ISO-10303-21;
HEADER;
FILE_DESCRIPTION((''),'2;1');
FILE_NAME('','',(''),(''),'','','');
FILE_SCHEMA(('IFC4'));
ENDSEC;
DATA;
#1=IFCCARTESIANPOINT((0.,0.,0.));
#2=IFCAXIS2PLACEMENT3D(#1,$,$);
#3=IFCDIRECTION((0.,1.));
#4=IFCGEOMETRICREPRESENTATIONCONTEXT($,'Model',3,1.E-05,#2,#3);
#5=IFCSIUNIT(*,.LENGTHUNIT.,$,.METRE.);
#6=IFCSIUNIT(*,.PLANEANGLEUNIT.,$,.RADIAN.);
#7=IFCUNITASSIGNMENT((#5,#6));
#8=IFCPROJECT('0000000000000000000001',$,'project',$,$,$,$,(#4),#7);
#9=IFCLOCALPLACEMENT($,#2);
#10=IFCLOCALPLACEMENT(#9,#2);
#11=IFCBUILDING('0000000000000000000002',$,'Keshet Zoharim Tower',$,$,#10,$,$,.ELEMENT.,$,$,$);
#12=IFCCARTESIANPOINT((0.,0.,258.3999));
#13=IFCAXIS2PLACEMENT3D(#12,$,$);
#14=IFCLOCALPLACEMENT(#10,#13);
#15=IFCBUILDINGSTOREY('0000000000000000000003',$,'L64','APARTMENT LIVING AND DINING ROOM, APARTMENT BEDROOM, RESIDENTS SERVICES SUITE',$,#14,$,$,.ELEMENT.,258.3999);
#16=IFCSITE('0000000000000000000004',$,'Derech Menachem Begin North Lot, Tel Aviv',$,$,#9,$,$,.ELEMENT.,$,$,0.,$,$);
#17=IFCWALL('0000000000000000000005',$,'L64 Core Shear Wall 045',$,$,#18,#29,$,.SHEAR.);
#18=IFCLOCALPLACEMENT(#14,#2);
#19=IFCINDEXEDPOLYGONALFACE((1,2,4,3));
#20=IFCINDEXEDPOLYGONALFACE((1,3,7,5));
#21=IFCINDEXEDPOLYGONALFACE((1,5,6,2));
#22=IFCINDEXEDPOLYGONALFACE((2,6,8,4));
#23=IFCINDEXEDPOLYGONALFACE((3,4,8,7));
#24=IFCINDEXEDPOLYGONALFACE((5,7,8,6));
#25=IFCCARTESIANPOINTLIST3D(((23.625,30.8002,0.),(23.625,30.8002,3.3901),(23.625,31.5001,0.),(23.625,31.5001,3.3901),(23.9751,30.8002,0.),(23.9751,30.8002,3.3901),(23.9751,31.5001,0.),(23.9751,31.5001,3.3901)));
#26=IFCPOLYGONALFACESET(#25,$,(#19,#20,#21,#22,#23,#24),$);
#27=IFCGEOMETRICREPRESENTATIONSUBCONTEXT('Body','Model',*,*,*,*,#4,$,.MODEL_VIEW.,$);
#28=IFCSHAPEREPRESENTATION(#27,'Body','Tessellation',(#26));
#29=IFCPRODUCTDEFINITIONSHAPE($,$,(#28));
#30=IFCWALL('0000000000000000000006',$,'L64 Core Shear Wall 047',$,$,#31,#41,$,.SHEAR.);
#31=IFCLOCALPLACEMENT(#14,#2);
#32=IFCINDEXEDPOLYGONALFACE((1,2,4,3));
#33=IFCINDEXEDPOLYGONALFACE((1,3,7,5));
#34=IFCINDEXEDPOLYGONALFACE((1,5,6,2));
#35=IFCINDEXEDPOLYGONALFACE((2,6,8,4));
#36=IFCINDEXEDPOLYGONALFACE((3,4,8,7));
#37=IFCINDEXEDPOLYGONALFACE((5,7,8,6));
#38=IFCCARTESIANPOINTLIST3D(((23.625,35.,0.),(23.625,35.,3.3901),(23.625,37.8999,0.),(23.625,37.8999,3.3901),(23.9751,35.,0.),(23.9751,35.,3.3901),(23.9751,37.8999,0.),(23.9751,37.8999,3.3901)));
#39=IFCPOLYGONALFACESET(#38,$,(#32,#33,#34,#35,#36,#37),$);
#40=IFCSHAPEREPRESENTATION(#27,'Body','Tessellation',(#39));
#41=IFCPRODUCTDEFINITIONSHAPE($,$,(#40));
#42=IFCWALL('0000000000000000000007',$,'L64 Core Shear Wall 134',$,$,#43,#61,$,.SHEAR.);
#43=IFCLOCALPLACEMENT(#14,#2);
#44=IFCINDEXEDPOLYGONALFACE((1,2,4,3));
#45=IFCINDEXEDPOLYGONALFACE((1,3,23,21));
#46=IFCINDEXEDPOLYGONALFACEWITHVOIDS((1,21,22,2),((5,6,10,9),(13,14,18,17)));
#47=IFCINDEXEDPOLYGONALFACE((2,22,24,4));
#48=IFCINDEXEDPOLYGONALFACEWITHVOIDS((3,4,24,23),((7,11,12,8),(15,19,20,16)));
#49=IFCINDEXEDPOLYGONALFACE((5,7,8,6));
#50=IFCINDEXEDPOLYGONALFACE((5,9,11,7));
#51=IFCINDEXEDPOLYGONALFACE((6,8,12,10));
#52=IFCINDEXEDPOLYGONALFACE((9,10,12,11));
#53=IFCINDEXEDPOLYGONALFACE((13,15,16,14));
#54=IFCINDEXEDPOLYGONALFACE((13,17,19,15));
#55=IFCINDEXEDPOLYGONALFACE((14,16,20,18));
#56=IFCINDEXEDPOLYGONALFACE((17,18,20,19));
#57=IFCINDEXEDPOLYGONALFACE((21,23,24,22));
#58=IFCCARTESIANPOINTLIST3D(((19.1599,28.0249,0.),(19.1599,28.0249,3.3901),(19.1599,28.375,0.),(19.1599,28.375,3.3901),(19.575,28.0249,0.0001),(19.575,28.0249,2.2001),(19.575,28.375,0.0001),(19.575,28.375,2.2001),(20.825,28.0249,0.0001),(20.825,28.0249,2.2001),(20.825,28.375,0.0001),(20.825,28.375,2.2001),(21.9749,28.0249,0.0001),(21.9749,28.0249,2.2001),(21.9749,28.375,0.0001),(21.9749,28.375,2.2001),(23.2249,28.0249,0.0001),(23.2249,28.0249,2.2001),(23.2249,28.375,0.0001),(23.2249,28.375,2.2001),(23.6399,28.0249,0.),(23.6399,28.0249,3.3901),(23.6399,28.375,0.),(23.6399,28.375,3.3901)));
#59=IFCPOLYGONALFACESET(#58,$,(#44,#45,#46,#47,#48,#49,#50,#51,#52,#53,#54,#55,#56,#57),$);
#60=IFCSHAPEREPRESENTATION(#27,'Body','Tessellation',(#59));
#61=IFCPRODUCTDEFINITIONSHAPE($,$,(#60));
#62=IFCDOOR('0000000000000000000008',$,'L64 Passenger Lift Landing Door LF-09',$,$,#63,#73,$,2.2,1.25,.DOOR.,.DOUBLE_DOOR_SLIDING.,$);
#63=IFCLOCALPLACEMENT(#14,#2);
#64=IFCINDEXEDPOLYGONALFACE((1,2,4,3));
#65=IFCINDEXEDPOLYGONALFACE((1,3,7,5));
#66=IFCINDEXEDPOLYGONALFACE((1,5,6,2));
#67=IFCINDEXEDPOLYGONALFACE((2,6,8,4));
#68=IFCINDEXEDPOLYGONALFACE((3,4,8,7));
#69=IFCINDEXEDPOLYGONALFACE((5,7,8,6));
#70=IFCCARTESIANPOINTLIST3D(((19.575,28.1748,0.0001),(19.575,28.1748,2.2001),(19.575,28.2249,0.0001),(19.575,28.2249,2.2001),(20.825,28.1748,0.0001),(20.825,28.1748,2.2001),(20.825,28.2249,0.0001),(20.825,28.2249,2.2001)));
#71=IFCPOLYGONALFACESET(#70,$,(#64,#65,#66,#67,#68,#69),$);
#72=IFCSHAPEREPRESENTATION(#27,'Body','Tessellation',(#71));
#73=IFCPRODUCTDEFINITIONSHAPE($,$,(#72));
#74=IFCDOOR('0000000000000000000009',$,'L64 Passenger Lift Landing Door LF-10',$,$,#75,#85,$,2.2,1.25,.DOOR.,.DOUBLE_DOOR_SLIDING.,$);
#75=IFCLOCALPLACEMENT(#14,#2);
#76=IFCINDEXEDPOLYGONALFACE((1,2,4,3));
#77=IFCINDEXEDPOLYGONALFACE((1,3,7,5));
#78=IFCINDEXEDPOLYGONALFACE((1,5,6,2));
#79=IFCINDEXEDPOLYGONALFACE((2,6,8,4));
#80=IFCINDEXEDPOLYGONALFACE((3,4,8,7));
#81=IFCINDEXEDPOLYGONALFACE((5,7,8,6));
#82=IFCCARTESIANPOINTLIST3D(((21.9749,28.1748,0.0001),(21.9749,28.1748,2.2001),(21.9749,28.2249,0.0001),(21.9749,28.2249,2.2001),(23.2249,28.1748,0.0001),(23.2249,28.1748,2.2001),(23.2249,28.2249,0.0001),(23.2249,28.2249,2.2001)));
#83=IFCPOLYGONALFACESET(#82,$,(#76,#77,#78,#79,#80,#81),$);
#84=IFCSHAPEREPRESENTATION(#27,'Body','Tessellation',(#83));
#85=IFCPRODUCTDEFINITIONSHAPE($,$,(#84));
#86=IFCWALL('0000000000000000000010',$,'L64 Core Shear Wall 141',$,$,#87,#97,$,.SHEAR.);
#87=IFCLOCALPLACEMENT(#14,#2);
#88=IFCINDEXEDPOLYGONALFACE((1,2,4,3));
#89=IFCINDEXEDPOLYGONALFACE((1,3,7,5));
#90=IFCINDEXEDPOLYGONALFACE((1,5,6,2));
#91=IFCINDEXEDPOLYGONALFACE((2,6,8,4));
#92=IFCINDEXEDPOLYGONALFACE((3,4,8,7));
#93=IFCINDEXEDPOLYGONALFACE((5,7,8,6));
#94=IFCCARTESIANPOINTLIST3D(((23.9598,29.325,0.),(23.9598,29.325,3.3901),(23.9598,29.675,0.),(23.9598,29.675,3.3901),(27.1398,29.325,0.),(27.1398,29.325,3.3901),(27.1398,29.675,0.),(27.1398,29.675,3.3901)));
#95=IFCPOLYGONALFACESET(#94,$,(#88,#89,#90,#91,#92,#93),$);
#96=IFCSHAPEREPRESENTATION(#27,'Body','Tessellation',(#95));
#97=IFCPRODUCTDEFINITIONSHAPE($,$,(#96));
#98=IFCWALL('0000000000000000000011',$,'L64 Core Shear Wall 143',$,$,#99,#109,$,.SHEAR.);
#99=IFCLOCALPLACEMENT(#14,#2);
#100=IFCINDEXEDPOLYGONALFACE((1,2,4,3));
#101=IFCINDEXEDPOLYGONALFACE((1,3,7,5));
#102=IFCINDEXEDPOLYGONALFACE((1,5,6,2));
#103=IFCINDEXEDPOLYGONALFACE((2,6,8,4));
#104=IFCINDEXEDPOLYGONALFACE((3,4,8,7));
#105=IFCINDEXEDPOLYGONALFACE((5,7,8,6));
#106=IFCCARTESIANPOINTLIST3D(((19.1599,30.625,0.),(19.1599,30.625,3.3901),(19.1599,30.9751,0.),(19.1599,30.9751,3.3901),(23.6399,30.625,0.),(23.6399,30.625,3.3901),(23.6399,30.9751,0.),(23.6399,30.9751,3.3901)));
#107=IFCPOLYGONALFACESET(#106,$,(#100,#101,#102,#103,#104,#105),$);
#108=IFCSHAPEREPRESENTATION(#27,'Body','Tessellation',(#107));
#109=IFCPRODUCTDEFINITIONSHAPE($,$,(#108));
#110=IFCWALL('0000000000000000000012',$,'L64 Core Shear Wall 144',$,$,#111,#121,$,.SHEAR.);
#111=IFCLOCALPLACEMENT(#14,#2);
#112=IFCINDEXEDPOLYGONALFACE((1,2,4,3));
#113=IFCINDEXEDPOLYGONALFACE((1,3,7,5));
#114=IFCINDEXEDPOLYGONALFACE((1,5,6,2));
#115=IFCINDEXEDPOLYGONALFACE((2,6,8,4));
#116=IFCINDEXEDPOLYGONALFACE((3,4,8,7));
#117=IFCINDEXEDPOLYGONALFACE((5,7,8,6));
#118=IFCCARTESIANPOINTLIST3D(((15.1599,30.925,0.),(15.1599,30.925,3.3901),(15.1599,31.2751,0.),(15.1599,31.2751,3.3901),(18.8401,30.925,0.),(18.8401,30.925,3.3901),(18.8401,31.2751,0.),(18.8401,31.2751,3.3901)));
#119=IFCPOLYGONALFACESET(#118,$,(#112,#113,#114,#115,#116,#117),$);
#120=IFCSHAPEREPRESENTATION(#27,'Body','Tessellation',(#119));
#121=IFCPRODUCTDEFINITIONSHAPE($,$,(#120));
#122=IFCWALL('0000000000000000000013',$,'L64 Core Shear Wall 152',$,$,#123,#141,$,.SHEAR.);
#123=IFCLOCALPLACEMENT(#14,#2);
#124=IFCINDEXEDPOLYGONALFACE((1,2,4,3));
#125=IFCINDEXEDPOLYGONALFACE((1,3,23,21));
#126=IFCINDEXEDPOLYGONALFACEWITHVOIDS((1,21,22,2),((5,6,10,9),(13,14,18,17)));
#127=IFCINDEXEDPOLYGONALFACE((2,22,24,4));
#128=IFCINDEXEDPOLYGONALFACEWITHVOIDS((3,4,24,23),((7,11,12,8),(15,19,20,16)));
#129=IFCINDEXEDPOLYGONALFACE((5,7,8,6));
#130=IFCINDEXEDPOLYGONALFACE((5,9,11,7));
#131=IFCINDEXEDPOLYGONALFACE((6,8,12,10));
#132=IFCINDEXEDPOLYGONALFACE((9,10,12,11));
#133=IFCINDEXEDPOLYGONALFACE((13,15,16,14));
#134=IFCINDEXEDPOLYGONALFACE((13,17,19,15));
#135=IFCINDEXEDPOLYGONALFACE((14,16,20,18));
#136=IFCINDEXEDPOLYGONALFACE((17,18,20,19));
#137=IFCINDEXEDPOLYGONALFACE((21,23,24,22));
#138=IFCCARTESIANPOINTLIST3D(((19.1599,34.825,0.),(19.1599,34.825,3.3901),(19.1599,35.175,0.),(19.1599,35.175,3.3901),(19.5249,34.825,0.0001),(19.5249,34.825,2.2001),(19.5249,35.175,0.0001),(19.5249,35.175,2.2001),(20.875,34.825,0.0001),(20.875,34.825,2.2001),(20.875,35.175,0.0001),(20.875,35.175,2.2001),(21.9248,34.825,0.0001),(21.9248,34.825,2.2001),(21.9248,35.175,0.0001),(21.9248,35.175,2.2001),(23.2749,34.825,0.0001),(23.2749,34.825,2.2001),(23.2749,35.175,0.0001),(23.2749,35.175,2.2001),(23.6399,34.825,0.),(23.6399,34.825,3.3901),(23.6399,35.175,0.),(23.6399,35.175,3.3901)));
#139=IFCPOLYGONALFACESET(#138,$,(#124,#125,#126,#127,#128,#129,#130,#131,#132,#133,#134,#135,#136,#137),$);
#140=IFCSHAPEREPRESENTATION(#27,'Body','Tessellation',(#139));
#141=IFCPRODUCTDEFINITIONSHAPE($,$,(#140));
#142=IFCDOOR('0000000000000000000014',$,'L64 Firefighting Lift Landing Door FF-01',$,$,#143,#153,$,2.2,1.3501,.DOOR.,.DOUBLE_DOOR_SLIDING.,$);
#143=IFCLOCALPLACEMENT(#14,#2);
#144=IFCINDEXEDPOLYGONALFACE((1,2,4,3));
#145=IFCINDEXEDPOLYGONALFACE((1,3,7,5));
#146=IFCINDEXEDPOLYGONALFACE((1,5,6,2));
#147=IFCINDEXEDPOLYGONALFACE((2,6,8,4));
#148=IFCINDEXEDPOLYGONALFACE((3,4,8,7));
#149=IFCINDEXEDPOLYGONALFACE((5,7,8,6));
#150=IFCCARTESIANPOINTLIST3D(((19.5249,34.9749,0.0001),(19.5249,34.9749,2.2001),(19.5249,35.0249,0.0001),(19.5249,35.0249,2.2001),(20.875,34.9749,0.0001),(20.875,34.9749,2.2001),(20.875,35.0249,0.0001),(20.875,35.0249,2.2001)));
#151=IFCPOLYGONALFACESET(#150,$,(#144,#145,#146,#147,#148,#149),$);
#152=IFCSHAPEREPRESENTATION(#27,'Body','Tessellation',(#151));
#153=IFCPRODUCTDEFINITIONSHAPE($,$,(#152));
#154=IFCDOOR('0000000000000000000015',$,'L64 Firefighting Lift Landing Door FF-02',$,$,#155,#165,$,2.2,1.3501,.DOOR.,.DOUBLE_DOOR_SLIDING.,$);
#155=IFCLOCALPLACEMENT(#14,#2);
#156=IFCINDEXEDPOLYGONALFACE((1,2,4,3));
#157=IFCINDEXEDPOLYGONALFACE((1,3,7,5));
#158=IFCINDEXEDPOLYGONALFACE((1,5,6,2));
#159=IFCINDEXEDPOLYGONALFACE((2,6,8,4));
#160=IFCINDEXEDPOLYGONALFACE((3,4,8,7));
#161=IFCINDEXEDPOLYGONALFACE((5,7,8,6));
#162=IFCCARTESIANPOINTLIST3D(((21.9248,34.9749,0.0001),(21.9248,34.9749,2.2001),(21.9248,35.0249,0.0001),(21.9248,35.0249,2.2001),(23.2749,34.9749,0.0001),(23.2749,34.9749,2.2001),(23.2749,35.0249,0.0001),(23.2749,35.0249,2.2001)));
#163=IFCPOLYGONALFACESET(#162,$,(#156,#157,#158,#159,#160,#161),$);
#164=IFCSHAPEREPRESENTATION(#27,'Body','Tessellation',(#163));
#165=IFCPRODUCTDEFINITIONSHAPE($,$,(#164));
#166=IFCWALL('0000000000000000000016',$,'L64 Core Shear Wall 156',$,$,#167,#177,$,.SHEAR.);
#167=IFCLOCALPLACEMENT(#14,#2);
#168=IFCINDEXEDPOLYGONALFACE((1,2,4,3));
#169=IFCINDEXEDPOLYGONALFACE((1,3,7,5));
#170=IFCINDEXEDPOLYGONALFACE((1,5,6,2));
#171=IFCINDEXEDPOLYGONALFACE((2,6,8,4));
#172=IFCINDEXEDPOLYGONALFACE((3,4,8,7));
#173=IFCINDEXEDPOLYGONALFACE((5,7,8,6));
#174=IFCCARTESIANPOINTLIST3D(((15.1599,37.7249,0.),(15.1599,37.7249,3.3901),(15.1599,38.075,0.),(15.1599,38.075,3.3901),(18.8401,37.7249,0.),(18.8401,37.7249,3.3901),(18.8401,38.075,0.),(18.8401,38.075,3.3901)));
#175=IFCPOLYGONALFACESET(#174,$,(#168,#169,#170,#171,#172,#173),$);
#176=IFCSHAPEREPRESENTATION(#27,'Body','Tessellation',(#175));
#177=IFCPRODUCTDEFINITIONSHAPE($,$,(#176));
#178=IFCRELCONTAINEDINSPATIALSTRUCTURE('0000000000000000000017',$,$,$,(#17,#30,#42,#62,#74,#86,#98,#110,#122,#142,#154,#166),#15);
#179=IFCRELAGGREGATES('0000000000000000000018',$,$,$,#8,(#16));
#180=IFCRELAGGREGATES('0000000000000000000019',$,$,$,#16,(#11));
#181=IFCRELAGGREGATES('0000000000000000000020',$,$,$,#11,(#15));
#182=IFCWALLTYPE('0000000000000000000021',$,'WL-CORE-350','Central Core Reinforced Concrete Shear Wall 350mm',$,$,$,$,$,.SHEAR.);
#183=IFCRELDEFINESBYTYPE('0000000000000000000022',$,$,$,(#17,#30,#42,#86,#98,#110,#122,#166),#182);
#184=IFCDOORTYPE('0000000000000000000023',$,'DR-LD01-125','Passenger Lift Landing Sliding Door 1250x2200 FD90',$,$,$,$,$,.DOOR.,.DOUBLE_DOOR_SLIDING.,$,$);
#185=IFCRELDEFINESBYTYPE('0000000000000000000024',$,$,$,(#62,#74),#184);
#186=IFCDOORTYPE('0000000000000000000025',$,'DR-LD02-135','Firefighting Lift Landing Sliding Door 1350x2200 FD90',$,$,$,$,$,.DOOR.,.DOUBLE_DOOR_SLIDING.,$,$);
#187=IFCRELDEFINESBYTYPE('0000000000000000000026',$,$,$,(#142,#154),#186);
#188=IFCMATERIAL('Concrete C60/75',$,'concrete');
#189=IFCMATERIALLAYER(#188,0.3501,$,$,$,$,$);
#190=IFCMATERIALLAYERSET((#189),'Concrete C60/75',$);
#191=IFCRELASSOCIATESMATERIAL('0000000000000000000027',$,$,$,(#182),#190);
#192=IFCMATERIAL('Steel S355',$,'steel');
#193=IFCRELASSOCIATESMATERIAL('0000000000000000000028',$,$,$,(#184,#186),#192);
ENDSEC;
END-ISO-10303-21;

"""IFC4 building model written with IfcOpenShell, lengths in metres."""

from ifc_helpers import new_model, si_unit, direction, frame, frame_2d, origin, place, context, subcontext, project, spatial, rectangle, extrude, material, layer, layer_set, type_object, element, fill, save


model = new_model("IFC4")

# Units and contexts
model_context = context("Model", 3, precision=1e-05, world=origin(), true_north=direction((0.0, 1.0)))
body_context = subcontext(model_context, "Body", "Model", "MODEL_VIEW")
ifc_project = project(units=[si_unit("LENGTHUNIT", "METRE"), si_unit("PLANEANGLEUNIT", "RADIAN")], contexts=[model_context])

# Site, building, storey
site_placement = place(None, origin())
site = spatial("IfcSite", under=ifc_project, at=site_placement, Name="Derech Menachem Begin North Lot, Tel Aviv", CompositionType="ELEMENT", RefElevation=0.0)
building_placement = place(site_placement, origin())
building = spatial("IfcBuilding", under=site, at=building_placement, Name="Keshet Zoharim Tower", CompositionType="ELEMENT")
storey_placement = place(building_placement, frame((0.0, 0.0, 258.3999)))
storey = spatial("IfcBuildingStorey", under=building, at=storey_placement, Name="L64", Description="APARTMENT LIVING AND DINING ROOM, APARTMENT BEDROOM, RESIDENTS SERVICES SUITE", CompositionType="ELEMENT", Elevation=258.3999)

# Shared definitions
ifc_material_1 = material(Name="Steel S355", Category="steel")

# Shared definitions
ifc_material_2 = material(Name="Concrete C60/75", Category="concrete")
ifc_layer_1 = layer(ifc_material_2, 0.3501)
ifc_layer_set_1 = layer_set([ifc_layer_1], Name="Concrete C60/75")
wall_type_1 = type_object("IfcWallType", Name="WL-CORE-350", Description="Central Core Reinforced Concrete Shear Wall 350mm", PredefinedType="SHEAR", material=ifc_layer_set_1)

# Wall
wall_1_placement = place(storey_placement, frame((23.8, 30.8, 0.0), z_axis=(0.0, 0.0, 1.0), x_axis=(0.0, 1.0, 0.0)))
element("IfcWall", 1, at=wall_1_placement, inside=storey, type_object=wall_type_1, Name="L64 Core Shear Wall 045", PredefinedType="SHEAR", context=body_context, shape_type="SweptSolid", body=[
    extrude(rectangle(XDim=0.7, YDim=0.3501, at=frame_2d((0.3501, 0.0))), origin(), (0.0, 0.0, 1.0), 3.3901),
])

# Wall
wall_2_placement = place(storey_placement, frame((23.8, 35.0, 0.0), z_axis=(0.0, 0.0, 1.0), x_axis=(0.0, 1.0, 0.0)))
element("IfcWall", 2, at=wall_2_placement, inside=storey, type_object=wall_type_1, Name="L64 Core Shear Wall 047", PredefinedType="SHEAR", context=body_context, shape_type="SweptSolid", body=[
    extrude(rectangle(XDim=2.8999, YDim=0.3501, at=frame_2d((1.45, 0.0))), origin(), (0.0, 0.0, 1.0), 3.3901),
])

# Wall, openings, doors
wall_3_placement = place(storey_placement, frame((19.1599, 28.2, 0.0), z_axis=(0.0, 0.0, 1.0), x_axis=(1.0, 0.0, 0.0)))
wall_3 = element("IfcWall", 3, at=wall_3_placement, inside=storey, type_object=wall_type_1, Name="L64 Core Shear Wall 134", PredefinedType="SHEAR", context=body_context, shape_type="SweptSolid", body=[
    extrude(rectangle(XDim=4.48, YDim=0.3501, at=frame_2d((2.24, 0.0))), origin(), (0.0, 0.0, 1.0), 3.3901),
])
opening_1_placement = place(wall_3_placement, frame((0.415, 0.0, 0.0)))
opening_1 = element("IfcOpeningElement", 4, at=opening_1_placement, cuts=wall_3, PredefinedType="OPENING", context=body_context, shape_type="SweptSolid", body=[
    extrude(rectangle(XDim=1.25, YDim=2.2, at=frame_2d((0.625, 1.1001))), frame((0.0, 0.1851, 0.0), z_axis=(0.0, -1.0, 0.0), x_axis=(1.0, 0.0, 0.0)), (0.0, 0.0, 1.0), 0.3701),
])
opening_2_placement = place(wall_3_placement, frame((2.8149, 0.0, 0.0)))
opening_2 = element("IfcOpeningElement", 5, at=opening_2_placement, cuts=wall_3, PredefinedType="OPENING", context=body_context, shape_type="SweptSolid", body=[
    extrude(rectangle(XDim=1.25, YDim=2.2, at=frame_2d((0.625, 1.1001))), frame((0.0, 0.1851, 0.0), z_axis=(0.0, -1.0, 0.0), x_axis=(1.0, 0.0, 0.0)), (0.0, 0.0, 1.0), 0.3701),
])
door_type_1 = type_object("IfcDoorType", Name="DR-LD01-125", Description="Passenger Lift Landing Sliding Door 1250x2200 FD90", OperationType="DOUBLE_DOOR_SLIDING", PredefinedType="DOOR", material=ifc_material_1)
door_1_placement = place(opening_1_placement, origin())
door_1 = element("IfcDoor", 6, at=door_1_placement, inside=storey, type_object=door_type_1, Name="L64 Passenger Lift Landing Door LF-09", OperationType="DOUBLE_DOOR_SLIDING", OverallHeight=2.2, OverallWidth=1.25, PredefinedType="DOOR", context=body_context, shape_type="SweptSolid", body=[
    extrude(rectangle(XDim=1.25, YDim=2.2, at=frame_2d((0.625, 1.1001))), frame((0.0, 0.0249, 0.0), z_axis=(0.0, -1.0, 0.0), x_axis=(1.0, 0.0, 0.0)), (0.0, 0.0, 1.0), 0.05),
])
fill(opening_1, door_1)
door_2_placement = place(opening_2_placement, origin())
door_2 = element("IfcDoor", 7, at=door_2_placement, inside=storey, type_object=door_type_1, Name="L64 Passenger Lift Landing Door LF-10", OperationType="DOUBLE_DOOR_SLIDING", OverallHeight=2.2, OverallWidth=1.25, PredefinedType="DOOR", context=body_context, shape_type="SweptSolid", body=[
    extrude(rectangle(XDim=1.25, YDim=2.2, at=frame_2d((0.625, 1.1001))), frame((0.0, 0.0249, 0.0), z_axis=(0.0, -1.0, 0.0), x_axis=(1.0, 0.0, 0.0)), (0.0, 0.0, 1.0), 0.05),
])
fill(opening_2, door_2)

# Walls
wall_4_placement = place(storey_placement, frame((23.96, 29.5, 0.0), z_axis=(0.0, 0.0, 1.0), x_axis=(1.0, 0.0, 0.0)))
element("IfcWall", 8, at=wall_4_placement, inside=storey, type_object=wall_type_1, Name="L64 Core Shear Wall 141", PredefinedType="SHEAR", context=body_context, shape_type="SweptSolid", body=[
    extrude(rectangle(XDim=3.1799, YDim=0.3501, at=frame_2d((1.5898, 0.0))), origin(), (0.0, 0.0, 1.0), 3.3901),
])
wall_5_placement = place(storey_placement, frame((19.1599, 30.8, 0.0), z_axis=(0.0, 0.0, 1.0), x_axis=(1.0, 0.0, 0.0)))
element("IfcWall", 9, at=wall_5_placement, inside=storey, type_object=wall_type_1, Name="L64 Core Shear Wall 143", PredefinedType="SHEAR", context=body_context, shape_type="SweptSolid", body=[
    extrude(rectangle(XDim=4.48, YDim=0.3501, at=frame_2d((2.24, 0.0))), origin(), (0.0, 0.0, 1.0), 3.3901),
])
wall_6_placement = place(storey_placement, frame((15.1599, 31.1001, 0.0), z_axis=(0.0, 0.0, 1.0), x_axis=(1.0, 0.0, 0.0)))
element("IfcWall", 10, at=wall_6_placement, inside=storey, type_object=wall_type_1, Name="L64 Core Shear Wall 144", PredefinedType="SHEAR", context=body_context, shape_type="SweptSolid", body=[
    extrude(rectangle(XDim=3.6802, YDim=0.3501, at=frame_2d((1.8401, 0.0))), origin(), (0.0, 0.0, 1.0), 3.3901),
])

# Wall, openings, doors
wall_7_placement = place(storey_placement, frame((19.1599, 35.0, 0.0), z_axis=(0.0, 0.0, 1.0), x_axis=(1.0, 0.0, 0.0)))
wall_7 = element("IfcWall", 11, at=wall_7_placement, inside=storey, type_object=wall_type_1, Name="L64 Core Shear Wall 152", PredefinedType="SHEAR", context=body_context, shape_type="SweptSolid", body=[
    extrude(rectangle(XDim=4.48, YDim=0.3501, at=frame_2d((2.24, 0.0))), origin(), (0.0, 0.0, 1.0), 3.3901),
])
opening_3_placement = place(wall_7_placement, frame((0.365, 0.0, 0.0)))
opening_3 = element("IfcOpeningElement", 12, at=opening_3_placement, cuts=wall_7, PredefinedType="OPENING", context=body_context, shape_type="SweptSolid", body=[
    extrude(rectangle(XDim=1.3501, YDim=2.2, at=frame_2d((0.675, 1.1001))), frame((0.0, 0.1851, 0.0), z_axis=(0.0, -1.0, 0.0), x_axis=(1.0, 0.0, 0.0)), (0.0, 0.0, 1.0), 0.3701),
])
opening_4_placement = place(wall_7_placement, frame((2.7649, 0.0, 0.0)))
opening_4 = element("IfcOpeningElement", 13, at=opening_4_placement, cuts=wall_7, PredefinedType="OPENING", context=body_context, shape_type="SweptSolid", body=[
    extrude(rectangle(XDim=1.3501, YDim=2.2, at=frame_2d((0.675, 1.1001))), frame((0.0, 0.1851, 0.0), z_axis=(0.0, -1.0, 0.0), x_axis=(1.0, 0.0, 0.0)), (0.0, 0.0, 1.0), 0.3701),
])
door_type_2 = type_object("IfcDoorType", Name="DR-LD02-135", Description="Firefighting Lift Landing Sliding Door 1350x2200 FD90", OperationType="DOUBLE_DOOR_SLIDING", PredefinedType="DOOR", material=ifc_material_1)
door_3_placement = place(opening_3_placement, origin())
door_3 = element("IfcDoor", 14, at=door_3_placement, inside=storey, type_object=door_type_2, Name="L64 Firefighting Lift Landing Door FF-01", OperationType="DOUBLE_DOOR_SLIDING", OverallHeight=2.2, OverallWidth=1.3501, PredefinedType="DOOR", context=body_context, shape_type="SweptSolid", body=[
    extrude(rectangle(XDim=1.3501, YDim=2.2, at=frame_2d((0.675, 1.1001))), frame((0.0, 0.0249, 0.0), z_axis=(0.0, -1.0, 0.0), x_axis=(1.0, 0.0, 0.0)), (0.0, 0.0, 1.0), 0.05),
])
fill(opening_3, door_3)
door_4_placement = place(opening_4_placement, origin())
door_4 = element("IfcDoor", 15, at=door_4_placement, inside=storey, type_object=door_type_2, Name="L64 Firefighting Lift Landing Door FF-02", OperationType="DOUBLE_DOOR_SLIDING", OverallHeight=2.2, OverallWidth=1.3501, PredefinedType="DOOR", context=body_context, shape_type="SweptSolid", body=[
    extrude(rectangle(XDim=1.3501, YDim=2.2, at=frame_2d((0.675, 1.1001))), frame((0.0, 0.0249, 0.0), z_axis=(0.0, -1.0, 0.0), x_axis=(1.0, 0.0, 0.0)), (0.0, 0.0, 1.0), 0.05),
])
fill(opening_4, door_4)

# Wall
wall_8_placement = place(storey_placement, frame((15.1599, 37.8999, 0.0), z_axis=(0.0, 0.0, 1.0), x_axis=(1.0, 0.0, 0.0)))
element("IfcWall", 16, at=wall_8_placement, inside=storey, type_object=wall_type_1, Name="L64 Core Shear Wall 156", PredefinedType="SHEAR", context=body_context, shape_type="SweptSolid", body=[
    extrude(rectangle(XDim=3.6802, YDim=0.3501, at=frame_2d((1.8401, 0.0))), origin(), (0.0, 0.0, 1.0), 3.3901),
])

save(model, "model.ifc")
